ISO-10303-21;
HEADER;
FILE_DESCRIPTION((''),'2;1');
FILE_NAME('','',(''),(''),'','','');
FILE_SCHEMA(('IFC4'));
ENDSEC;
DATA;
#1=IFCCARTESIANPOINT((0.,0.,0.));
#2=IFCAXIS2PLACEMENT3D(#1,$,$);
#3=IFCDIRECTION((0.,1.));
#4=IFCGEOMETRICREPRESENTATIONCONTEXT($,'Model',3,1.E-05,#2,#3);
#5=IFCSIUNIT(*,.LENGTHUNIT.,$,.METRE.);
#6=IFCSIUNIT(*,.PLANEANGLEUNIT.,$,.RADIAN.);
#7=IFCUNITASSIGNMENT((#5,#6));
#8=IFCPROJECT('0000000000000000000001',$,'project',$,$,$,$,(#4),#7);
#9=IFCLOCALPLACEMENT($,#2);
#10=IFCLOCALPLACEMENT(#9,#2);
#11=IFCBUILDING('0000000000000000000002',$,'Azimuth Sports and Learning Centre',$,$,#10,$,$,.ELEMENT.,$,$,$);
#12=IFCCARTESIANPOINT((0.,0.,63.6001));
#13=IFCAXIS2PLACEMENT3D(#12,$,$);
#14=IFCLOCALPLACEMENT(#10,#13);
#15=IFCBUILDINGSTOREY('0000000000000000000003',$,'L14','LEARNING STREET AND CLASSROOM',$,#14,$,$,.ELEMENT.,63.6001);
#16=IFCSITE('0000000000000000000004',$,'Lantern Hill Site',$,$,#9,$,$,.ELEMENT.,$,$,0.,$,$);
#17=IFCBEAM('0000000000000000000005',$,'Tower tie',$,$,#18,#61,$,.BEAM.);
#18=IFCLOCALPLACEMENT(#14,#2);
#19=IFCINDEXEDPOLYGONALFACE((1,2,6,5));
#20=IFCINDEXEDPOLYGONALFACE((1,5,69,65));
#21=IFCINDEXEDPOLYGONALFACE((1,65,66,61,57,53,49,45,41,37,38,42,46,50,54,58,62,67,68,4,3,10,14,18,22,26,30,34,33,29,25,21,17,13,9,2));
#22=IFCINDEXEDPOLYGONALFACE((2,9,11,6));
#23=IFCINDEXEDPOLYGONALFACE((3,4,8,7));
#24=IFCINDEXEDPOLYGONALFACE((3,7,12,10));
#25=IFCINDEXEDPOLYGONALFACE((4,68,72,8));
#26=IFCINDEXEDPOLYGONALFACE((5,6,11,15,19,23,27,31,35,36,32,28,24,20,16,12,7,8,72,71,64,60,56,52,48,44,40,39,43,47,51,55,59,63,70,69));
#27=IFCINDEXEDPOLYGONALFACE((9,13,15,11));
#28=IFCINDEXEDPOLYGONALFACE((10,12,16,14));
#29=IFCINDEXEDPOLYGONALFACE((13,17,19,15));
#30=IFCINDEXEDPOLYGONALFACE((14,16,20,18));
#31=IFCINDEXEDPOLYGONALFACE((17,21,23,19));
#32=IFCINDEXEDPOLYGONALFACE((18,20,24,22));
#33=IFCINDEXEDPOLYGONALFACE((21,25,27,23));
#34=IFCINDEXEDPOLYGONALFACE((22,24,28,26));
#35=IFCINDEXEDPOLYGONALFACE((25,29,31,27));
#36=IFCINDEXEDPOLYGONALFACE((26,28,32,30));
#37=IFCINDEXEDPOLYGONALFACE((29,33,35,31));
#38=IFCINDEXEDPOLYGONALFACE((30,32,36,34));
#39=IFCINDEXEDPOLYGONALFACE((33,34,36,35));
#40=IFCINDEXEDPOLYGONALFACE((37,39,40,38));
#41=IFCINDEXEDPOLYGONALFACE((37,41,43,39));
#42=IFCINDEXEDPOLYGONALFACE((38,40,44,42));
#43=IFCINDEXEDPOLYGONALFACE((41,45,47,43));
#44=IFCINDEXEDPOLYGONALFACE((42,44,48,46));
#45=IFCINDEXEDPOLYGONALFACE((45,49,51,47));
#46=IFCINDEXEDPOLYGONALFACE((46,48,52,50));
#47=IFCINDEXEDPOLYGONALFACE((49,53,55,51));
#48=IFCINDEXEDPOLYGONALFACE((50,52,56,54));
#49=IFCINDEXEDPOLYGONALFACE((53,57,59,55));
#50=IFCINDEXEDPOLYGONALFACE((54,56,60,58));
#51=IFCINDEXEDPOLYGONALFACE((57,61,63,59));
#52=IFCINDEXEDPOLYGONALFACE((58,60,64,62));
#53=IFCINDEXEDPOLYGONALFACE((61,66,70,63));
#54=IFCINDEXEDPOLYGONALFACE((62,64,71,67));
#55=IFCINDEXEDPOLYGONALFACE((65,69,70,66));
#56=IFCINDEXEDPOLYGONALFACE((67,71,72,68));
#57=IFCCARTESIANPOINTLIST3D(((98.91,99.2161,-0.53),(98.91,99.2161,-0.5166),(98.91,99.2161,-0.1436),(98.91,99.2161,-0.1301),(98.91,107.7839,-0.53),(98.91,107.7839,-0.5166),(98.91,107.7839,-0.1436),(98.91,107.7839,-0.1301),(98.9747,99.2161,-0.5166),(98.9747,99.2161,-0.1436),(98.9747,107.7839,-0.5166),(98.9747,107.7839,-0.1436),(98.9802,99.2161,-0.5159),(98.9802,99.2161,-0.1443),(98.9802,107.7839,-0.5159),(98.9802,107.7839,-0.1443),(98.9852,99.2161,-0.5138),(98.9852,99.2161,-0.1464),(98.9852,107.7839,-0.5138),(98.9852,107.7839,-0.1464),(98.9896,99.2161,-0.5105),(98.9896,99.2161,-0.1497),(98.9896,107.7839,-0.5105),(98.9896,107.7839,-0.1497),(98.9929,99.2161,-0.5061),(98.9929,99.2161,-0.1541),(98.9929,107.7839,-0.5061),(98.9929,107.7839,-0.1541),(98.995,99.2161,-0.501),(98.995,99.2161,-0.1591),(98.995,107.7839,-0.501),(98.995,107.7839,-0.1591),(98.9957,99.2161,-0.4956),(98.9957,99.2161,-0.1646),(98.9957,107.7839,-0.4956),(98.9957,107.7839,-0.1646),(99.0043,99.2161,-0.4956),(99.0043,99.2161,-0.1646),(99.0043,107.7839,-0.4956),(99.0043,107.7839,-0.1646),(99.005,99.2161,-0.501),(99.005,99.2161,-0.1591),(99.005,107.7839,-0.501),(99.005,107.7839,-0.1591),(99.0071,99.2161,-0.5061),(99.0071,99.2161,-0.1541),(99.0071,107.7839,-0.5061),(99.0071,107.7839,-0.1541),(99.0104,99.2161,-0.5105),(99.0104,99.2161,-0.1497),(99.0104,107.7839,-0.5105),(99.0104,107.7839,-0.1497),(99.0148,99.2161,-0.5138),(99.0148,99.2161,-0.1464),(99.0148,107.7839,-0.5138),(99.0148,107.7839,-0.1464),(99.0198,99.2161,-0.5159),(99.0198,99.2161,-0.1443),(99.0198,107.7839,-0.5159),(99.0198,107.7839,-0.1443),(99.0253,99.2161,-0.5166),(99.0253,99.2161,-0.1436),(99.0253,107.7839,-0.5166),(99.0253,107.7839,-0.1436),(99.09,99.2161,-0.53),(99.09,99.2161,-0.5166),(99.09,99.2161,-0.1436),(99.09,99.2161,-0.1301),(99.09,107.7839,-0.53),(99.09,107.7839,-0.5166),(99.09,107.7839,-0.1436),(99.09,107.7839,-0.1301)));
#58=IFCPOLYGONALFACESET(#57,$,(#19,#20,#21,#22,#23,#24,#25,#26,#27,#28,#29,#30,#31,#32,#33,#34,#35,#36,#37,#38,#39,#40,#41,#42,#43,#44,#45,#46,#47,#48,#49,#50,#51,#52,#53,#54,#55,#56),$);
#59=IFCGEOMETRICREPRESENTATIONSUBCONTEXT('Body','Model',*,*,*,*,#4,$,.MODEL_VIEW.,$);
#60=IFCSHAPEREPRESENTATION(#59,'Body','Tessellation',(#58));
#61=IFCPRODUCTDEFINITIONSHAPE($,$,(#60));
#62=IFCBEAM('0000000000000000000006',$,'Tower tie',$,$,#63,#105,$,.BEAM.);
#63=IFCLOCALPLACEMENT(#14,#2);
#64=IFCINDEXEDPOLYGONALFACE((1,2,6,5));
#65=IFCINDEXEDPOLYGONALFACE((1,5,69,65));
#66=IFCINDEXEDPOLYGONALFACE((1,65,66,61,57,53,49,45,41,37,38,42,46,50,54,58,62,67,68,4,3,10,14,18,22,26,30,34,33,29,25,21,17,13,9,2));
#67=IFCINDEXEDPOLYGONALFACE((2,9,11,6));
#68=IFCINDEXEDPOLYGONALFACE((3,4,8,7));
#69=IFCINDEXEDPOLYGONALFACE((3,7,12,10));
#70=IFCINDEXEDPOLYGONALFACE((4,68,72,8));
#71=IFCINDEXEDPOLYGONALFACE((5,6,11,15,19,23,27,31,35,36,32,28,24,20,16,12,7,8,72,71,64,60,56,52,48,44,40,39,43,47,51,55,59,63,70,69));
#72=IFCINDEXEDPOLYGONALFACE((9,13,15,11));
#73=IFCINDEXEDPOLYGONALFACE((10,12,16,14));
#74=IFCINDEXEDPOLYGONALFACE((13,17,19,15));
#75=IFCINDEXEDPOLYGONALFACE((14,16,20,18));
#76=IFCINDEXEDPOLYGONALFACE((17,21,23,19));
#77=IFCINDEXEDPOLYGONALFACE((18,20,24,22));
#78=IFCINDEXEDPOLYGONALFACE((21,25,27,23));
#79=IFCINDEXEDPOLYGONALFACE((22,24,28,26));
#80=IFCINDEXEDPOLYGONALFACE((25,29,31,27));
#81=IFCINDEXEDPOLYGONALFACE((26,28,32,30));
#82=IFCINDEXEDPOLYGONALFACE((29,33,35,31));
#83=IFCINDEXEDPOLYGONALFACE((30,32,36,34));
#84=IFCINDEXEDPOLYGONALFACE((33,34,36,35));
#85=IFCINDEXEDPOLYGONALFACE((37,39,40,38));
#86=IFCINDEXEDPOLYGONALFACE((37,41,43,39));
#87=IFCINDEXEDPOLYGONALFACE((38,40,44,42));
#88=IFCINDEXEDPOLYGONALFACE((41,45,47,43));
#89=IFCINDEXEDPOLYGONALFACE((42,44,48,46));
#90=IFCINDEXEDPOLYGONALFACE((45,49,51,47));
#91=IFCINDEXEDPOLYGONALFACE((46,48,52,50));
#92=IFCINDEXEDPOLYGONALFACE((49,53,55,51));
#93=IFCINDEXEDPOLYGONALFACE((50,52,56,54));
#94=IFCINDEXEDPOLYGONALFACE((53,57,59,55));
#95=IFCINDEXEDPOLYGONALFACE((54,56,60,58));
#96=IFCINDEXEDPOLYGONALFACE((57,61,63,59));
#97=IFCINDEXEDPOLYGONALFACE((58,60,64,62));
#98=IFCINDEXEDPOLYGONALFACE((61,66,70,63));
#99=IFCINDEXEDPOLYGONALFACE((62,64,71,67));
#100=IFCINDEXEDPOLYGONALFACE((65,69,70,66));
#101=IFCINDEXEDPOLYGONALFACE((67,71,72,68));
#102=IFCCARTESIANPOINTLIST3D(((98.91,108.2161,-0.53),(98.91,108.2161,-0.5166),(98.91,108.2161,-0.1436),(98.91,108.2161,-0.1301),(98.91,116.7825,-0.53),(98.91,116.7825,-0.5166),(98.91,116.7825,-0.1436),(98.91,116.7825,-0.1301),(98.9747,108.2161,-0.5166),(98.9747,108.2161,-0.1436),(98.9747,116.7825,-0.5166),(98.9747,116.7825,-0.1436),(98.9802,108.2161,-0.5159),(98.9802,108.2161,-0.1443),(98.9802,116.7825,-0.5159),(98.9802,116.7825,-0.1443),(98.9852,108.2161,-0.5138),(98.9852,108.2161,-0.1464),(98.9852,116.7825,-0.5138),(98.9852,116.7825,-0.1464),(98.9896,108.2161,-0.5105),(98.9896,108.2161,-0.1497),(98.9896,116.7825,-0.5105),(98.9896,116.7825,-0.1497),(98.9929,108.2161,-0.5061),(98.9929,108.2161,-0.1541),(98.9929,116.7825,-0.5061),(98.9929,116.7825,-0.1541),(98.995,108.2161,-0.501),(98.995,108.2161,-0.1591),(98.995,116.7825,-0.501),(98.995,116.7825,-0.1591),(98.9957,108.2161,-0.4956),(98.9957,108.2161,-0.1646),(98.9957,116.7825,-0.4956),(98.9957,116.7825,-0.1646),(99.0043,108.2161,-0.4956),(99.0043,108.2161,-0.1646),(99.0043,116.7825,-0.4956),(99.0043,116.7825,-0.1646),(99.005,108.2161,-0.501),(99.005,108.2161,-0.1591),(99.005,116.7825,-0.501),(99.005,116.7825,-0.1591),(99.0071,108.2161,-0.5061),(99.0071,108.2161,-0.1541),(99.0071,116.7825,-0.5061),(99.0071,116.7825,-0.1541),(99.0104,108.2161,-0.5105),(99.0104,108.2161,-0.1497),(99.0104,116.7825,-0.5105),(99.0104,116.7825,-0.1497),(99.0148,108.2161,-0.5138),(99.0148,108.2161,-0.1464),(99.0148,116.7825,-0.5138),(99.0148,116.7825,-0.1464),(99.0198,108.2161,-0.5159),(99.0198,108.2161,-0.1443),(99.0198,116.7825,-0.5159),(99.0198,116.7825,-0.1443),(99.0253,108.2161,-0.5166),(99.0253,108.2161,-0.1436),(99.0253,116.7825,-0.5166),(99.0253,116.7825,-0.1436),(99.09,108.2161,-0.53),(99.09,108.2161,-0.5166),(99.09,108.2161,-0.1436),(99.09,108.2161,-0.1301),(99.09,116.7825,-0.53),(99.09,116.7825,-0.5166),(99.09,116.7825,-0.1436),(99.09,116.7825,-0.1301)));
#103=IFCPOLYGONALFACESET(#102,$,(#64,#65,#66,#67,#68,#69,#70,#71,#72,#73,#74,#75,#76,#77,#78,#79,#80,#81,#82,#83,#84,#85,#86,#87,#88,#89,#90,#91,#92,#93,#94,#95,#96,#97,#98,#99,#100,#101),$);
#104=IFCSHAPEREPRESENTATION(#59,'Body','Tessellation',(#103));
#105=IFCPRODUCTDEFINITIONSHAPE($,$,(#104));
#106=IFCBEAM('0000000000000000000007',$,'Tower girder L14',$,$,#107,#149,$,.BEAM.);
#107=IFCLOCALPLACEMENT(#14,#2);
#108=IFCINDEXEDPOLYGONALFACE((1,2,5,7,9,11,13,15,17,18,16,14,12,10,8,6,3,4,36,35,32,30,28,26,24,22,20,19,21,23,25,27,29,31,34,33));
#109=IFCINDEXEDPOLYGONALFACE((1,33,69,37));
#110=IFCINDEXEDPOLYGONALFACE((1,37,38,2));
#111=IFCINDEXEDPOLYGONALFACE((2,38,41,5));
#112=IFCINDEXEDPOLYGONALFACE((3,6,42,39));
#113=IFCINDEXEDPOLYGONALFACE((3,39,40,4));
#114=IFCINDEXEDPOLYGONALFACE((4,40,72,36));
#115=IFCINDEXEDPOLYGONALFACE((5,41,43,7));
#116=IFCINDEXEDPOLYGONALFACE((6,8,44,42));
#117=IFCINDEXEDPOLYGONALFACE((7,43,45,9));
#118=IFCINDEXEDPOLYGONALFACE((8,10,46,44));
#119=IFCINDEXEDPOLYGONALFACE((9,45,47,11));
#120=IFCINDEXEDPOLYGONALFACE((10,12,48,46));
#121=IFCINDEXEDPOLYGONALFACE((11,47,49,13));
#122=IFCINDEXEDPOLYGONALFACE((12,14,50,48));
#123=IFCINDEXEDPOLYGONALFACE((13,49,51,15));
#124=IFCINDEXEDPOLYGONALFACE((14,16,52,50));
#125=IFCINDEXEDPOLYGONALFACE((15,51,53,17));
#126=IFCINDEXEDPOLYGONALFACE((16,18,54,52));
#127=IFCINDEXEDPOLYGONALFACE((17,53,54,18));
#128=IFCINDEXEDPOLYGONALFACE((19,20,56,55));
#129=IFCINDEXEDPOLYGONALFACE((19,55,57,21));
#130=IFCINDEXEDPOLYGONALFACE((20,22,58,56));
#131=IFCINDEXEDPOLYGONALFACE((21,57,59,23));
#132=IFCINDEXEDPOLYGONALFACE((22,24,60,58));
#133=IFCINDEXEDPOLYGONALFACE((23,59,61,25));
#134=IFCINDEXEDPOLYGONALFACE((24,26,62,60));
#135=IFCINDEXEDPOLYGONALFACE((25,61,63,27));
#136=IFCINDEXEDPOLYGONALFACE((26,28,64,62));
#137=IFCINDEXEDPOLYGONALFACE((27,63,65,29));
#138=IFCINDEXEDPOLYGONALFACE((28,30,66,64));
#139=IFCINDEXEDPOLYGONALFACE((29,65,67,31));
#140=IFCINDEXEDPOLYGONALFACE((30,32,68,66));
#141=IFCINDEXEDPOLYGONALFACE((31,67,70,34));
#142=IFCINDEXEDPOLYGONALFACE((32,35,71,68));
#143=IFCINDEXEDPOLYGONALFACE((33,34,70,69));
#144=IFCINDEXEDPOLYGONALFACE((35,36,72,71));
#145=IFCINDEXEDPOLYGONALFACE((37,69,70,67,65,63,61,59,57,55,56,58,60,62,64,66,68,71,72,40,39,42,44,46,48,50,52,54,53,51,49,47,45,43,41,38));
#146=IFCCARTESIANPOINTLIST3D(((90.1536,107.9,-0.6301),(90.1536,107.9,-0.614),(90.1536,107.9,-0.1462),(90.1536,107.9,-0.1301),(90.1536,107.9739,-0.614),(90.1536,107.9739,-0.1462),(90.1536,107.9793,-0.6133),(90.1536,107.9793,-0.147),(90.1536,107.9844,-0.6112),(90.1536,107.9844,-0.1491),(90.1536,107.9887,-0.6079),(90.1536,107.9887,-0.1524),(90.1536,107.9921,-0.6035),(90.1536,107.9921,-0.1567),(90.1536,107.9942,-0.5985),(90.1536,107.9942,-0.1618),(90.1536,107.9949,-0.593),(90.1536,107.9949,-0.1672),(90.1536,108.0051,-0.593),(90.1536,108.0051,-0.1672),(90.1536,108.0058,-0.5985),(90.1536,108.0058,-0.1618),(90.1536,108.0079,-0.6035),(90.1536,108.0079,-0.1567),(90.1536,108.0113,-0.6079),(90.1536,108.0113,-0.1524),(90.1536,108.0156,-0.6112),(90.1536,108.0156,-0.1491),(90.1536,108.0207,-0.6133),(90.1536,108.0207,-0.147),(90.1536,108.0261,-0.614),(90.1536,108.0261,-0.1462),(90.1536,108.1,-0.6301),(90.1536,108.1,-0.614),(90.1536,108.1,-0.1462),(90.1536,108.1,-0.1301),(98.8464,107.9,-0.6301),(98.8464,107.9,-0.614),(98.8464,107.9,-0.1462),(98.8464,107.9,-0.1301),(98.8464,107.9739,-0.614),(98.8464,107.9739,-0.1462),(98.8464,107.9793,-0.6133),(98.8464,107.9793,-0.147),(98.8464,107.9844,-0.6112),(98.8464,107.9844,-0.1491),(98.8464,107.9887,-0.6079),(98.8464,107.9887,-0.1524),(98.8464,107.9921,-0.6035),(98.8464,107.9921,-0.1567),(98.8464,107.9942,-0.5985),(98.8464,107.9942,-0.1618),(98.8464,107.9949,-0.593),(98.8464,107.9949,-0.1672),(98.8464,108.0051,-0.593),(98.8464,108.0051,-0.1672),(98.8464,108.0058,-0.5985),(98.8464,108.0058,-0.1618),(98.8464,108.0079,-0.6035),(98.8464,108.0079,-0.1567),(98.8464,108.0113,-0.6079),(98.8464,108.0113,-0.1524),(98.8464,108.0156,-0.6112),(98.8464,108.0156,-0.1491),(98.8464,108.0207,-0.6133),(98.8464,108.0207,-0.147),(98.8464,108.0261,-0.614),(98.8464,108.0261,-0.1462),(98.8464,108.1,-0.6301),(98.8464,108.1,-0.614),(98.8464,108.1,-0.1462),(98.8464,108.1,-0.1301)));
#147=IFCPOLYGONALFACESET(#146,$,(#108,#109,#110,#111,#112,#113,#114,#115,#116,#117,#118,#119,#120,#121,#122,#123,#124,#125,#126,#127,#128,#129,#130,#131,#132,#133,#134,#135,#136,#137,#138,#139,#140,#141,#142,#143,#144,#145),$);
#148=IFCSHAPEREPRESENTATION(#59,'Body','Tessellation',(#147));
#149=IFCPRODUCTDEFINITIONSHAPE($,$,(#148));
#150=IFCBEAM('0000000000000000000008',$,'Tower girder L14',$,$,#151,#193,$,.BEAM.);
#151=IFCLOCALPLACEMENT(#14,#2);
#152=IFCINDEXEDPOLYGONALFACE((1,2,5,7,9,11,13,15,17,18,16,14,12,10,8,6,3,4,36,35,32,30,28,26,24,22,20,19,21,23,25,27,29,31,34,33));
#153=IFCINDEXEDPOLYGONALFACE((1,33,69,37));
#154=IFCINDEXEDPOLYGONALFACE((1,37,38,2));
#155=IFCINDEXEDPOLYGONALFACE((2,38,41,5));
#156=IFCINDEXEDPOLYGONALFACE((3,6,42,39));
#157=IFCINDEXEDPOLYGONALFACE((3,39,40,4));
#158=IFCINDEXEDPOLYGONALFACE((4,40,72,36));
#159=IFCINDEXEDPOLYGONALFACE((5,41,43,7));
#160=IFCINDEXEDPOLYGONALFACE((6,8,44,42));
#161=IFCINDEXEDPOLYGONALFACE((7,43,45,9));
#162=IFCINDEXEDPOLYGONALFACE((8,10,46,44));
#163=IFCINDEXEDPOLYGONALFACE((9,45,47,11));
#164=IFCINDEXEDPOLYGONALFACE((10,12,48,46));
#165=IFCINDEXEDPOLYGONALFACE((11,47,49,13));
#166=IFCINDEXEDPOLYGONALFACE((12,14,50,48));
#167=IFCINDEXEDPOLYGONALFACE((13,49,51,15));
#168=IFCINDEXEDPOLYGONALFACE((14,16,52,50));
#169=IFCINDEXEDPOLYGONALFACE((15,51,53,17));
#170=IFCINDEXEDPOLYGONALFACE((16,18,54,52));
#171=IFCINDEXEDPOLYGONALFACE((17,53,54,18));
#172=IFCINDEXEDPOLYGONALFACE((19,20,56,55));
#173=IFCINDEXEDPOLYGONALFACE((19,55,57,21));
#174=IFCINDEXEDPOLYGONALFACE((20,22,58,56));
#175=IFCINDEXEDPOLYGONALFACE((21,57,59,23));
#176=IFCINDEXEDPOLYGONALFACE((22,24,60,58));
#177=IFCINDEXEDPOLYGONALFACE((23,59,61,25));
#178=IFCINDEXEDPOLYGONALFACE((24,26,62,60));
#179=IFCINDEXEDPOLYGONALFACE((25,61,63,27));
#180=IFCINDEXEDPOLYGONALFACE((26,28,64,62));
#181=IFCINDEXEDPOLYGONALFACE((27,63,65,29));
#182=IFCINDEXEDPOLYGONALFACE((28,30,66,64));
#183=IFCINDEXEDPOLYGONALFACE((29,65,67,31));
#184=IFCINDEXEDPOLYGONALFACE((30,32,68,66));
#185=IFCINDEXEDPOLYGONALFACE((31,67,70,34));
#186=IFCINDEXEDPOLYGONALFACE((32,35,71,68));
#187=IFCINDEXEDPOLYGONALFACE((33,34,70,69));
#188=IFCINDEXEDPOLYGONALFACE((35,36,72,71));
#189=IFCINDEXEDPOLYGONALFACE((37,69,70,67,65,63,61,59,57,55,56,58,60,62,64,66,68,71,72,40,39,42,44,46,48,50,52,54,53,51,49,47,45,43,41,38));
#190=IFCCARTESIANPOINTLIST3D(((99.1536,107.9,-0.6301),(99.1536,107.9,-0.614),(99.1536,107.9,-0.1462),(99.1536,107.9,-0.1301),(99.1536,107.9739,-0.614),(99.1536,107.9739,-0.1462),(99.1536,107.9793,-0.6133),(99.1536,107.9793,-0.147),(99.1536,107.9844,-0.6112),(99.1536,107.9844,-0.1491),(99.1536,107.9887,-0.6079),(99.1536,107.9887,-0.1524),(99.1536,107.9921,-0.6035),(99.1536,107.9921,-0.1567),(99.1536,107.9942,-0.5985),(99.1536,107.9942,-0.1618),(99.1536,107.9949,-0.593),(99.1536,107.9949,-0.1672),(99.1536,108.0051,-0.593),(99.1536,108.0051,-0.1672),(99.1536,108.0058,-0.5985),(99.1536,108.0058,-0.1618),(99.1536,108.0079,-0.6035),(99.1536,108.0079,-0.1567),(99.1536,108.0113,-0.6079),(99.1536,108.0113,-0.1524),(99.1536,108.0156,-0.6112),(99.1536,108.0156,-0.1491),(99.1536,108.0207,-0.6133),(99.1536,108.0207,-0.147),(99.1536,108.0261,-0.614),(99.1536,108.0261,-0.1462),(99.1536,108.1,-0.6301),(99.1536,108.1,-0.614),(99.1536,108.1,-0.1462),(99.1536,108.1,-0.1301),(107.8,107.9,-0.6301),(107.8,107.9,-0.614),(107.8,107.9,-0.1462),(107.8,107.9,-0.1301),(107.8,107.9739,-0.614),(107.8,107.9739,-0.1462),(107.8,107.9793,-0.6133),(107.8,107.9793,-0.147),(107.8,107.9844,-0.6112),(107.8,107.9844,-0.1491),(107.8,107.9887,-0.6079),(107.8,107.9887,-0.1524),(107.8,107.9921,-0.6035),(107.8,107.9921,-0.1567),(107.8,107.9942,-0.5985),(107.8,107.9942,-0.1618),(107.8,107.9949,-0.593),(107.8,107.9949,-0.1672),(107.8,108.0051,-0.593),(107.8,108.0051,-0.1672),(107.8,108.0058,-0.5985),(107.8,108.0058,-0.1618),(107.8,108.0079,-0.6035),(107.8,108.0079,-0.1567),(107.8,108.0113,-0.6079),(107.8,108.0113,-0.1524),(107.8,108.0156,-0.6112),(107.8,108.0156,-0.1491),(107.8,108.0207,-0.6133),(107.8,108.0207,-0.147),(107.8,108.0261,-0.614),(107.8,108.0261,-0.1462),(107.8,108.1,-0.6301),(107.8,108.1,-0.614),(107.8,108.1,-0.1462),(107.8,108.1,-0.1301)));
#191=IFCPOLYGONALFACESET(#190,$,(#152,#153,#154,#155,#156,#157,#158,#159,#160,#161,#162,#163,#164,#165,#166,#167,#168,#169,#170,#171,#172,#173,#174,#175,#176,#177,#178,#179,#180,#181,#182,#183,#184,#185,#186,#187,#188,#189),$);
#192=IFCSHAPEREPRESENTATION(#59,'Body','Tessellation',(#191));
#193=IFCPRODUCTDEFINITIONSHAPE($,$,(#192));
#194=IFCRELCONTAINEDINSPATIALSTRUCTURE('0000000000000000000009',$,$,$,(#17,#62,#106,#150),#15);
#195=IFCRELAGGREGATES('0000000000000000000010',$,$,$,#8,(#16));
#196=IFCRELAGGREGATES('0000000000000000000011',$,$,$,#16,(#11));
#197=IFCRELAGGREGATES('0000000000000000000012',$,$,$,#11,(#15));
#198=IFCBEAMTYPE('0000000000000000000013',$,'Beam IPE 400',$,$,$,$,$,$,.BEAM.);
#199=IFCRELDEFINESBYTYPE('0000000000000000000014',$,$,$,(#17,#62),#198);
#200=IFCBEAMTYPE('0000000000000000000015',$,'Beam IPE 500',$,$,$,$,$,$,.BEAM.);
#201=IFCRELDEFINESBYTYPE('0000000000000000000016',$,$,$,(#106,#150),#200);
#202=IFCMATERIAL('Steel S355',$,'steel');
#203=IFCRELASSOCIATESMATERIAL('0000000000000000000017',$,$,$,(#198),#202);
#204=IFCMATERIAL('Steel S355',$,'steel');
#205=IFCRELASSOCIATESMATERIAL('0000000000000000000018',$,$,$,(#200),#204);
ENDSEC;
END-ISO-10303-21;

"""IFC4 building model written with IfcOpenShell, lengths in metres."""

from ifc_helpers import new_model, si_unit, direction, frame, origin, origin_2d, place, context, subcontext, project, spatial, i_section, extrude, material, material_profile, profile_set, type_object, element, save


model = new_model("IFC4")

# Units and contexts
model_context = context("Model", 3, precision=1e-05, world=origin(), true_north=direction((0.0, 1.0)))
body_context = subcontext(model_context, "Body", "Model", "MODEL_VIEW")
ifc_project = project(units=[si_unit("LENGTHUNIT", "METRE"), si_unit("PLANEANGLEUNIT", "RADIAN")], contexts=[model_context])

# Site, building, storey
site_placement = place(None, origin())
site = spatial("IfcSite", under=ifc_project, at=site_placement, Name="Lantern Hill Site", CompositionType="ELEMENT", RefElevation=0.0)
building_placement = place(site_placement, origin())
building = spatial("IfcBuilding", under=site, at=building_placement, Name="Azimuth Sports and Learning Centre", CompositionType="ELEMENT")
storey_placement = place(building_placement, frame((0.0, 0.0, 63.6001)))
storey = spatial("IfcBuildingStorey", under=building, at=storey_placement, Name="L14", Description="LEARNING STREET AND CLASSROOM", CompositionType="ELEMENT", Elevation=63.6001)

# Beams
ifc_material_1 = material(Name="Steel S355", Category="steel")
ifc_material_profile_1 = material_profile(ifc_material_1, i_section(OverallWidth=0.1799, OverallDepth=0.3999, WebThickness=0.0085, FlangeThickness=0.0134, FilletRadius=0.021, at=origin_2d()), Name="IPE 400")
ifc_profile_set_1 = profile_set([ifc_material_profile_1], Name="Steel S355")
beam_type_1 = type_object("IfcBeamType", Name="Beam IPE 400", PredefinedType="BEAM", material=ifc_profile_set_1)
beam_1_placement = place(storey_placement, frame((99.0, 99.2161, -0.3301), z_axis=(0.0, 1.0, 0.0), x_axis=(-1.0, 0.0, 0.0)))
element("IfcBeam", 1, at=beam_1_placement, inside=storey, type_object=beam_type_1, Name="Tower tie", PredefinedType="BEAM", context=body_context, shape_type="SweptSolid", body=[
    extrude(i_section(OverallWidth=0.1799, OverallDepth=0.3999, WebThickness=0.0085, FlangeThickness=0.0134, FilletRadius=0.021, at=origin_2d()), origin(), (0.0, 0.0, 1.0), 8.5679),
])
beam_2_placement = place(storey_placement, frame((99.0, 108.2161, -0.3301), z_axis=(0.0, 1.0, 0.0), x_axis=(-1.0, 0.0, 0.0)))
element("IfcBeam", 2, at=beam_2_placement, inside=storey, type_object=beam_type_1, Name="Tower tie", PredefinedType="BEAM", context=body_context, shape_type="SweptSolid", body=[
    extrude(i_section(OverallWidth=0.1799, OverallDepth=0.3999, WebThickness=0.0085, FlangeThickness=0.0134, FilletRadius=0.021, at=origin_2d()), origin(), (0.0, 0.0, 1.0), 8.5664),
])
ifc_material_2 = material(Name="Steel S355", Category="steel")
ifc_material_profile_2 = material_profile(ifc_material_2, i_section(OverallWidth=0.2, OverallDepth=0.5, WebThickness=0.0103, FlangeThickness=0.0161, FilletRadius=0.021, at=origin_2d()), Name="IPE 500")
ifc_profile_set_2 = profile_set([ifc_material_profile_2], Name="Steel S355")
beam_type_2 = type_object("IfcBeamType", Name="Beam IPE 500", PredefinedType="BEAM", material=ifc_profile_set_2)
beam_3_placement = place(storey_placement, frame((90.1536, 108.0, -0.3801), z_axis=(1.0, 0.0, 0.0), x_axis=(0.0, 1.0, 0.0)))
element("IfcBeam", 3, at=beam_3_placement, inside=storey, type_object=beam_type_2, Name="Tower girder L14", PredefinedType="BEAM", context=body_context, shape_type="SweptSolid", body=[
    extrude(i_section(OverallWidth=0.2, OverallDepth=0.5, WebThickness=0.0103, FlangeThickness=0.0161, FilletRadius=0.021, at=origin_2d()), origin(), (0.0, 0.0, 1.0), 8.6929),
])
beam_4_placement = place(storey_placement, frame((99.1536, 108.0, -0.3801), z_axis=(1.0, 0.0, 0.0), x_axis=(0.0, 1.0, 0.0)))
element("IfcBeam", 4, at=beam_4_placement, inside=storey, type_object=beam_type_2, Name="Tower girder L14", PredefinedType="BEAM", context=body_context, shape_type="SweptSolid", body=[
    extrude(i_section(OverallWidth=0.2, OverallDepth=0.5, WebThickness=0.0103, FlangeThickness=0.0161, FilletRadius=0.021, at=origin_2d()), origin(), (0.0, 0.0, 1.0), 8.6465),
])

save(model, "model.ifc")
